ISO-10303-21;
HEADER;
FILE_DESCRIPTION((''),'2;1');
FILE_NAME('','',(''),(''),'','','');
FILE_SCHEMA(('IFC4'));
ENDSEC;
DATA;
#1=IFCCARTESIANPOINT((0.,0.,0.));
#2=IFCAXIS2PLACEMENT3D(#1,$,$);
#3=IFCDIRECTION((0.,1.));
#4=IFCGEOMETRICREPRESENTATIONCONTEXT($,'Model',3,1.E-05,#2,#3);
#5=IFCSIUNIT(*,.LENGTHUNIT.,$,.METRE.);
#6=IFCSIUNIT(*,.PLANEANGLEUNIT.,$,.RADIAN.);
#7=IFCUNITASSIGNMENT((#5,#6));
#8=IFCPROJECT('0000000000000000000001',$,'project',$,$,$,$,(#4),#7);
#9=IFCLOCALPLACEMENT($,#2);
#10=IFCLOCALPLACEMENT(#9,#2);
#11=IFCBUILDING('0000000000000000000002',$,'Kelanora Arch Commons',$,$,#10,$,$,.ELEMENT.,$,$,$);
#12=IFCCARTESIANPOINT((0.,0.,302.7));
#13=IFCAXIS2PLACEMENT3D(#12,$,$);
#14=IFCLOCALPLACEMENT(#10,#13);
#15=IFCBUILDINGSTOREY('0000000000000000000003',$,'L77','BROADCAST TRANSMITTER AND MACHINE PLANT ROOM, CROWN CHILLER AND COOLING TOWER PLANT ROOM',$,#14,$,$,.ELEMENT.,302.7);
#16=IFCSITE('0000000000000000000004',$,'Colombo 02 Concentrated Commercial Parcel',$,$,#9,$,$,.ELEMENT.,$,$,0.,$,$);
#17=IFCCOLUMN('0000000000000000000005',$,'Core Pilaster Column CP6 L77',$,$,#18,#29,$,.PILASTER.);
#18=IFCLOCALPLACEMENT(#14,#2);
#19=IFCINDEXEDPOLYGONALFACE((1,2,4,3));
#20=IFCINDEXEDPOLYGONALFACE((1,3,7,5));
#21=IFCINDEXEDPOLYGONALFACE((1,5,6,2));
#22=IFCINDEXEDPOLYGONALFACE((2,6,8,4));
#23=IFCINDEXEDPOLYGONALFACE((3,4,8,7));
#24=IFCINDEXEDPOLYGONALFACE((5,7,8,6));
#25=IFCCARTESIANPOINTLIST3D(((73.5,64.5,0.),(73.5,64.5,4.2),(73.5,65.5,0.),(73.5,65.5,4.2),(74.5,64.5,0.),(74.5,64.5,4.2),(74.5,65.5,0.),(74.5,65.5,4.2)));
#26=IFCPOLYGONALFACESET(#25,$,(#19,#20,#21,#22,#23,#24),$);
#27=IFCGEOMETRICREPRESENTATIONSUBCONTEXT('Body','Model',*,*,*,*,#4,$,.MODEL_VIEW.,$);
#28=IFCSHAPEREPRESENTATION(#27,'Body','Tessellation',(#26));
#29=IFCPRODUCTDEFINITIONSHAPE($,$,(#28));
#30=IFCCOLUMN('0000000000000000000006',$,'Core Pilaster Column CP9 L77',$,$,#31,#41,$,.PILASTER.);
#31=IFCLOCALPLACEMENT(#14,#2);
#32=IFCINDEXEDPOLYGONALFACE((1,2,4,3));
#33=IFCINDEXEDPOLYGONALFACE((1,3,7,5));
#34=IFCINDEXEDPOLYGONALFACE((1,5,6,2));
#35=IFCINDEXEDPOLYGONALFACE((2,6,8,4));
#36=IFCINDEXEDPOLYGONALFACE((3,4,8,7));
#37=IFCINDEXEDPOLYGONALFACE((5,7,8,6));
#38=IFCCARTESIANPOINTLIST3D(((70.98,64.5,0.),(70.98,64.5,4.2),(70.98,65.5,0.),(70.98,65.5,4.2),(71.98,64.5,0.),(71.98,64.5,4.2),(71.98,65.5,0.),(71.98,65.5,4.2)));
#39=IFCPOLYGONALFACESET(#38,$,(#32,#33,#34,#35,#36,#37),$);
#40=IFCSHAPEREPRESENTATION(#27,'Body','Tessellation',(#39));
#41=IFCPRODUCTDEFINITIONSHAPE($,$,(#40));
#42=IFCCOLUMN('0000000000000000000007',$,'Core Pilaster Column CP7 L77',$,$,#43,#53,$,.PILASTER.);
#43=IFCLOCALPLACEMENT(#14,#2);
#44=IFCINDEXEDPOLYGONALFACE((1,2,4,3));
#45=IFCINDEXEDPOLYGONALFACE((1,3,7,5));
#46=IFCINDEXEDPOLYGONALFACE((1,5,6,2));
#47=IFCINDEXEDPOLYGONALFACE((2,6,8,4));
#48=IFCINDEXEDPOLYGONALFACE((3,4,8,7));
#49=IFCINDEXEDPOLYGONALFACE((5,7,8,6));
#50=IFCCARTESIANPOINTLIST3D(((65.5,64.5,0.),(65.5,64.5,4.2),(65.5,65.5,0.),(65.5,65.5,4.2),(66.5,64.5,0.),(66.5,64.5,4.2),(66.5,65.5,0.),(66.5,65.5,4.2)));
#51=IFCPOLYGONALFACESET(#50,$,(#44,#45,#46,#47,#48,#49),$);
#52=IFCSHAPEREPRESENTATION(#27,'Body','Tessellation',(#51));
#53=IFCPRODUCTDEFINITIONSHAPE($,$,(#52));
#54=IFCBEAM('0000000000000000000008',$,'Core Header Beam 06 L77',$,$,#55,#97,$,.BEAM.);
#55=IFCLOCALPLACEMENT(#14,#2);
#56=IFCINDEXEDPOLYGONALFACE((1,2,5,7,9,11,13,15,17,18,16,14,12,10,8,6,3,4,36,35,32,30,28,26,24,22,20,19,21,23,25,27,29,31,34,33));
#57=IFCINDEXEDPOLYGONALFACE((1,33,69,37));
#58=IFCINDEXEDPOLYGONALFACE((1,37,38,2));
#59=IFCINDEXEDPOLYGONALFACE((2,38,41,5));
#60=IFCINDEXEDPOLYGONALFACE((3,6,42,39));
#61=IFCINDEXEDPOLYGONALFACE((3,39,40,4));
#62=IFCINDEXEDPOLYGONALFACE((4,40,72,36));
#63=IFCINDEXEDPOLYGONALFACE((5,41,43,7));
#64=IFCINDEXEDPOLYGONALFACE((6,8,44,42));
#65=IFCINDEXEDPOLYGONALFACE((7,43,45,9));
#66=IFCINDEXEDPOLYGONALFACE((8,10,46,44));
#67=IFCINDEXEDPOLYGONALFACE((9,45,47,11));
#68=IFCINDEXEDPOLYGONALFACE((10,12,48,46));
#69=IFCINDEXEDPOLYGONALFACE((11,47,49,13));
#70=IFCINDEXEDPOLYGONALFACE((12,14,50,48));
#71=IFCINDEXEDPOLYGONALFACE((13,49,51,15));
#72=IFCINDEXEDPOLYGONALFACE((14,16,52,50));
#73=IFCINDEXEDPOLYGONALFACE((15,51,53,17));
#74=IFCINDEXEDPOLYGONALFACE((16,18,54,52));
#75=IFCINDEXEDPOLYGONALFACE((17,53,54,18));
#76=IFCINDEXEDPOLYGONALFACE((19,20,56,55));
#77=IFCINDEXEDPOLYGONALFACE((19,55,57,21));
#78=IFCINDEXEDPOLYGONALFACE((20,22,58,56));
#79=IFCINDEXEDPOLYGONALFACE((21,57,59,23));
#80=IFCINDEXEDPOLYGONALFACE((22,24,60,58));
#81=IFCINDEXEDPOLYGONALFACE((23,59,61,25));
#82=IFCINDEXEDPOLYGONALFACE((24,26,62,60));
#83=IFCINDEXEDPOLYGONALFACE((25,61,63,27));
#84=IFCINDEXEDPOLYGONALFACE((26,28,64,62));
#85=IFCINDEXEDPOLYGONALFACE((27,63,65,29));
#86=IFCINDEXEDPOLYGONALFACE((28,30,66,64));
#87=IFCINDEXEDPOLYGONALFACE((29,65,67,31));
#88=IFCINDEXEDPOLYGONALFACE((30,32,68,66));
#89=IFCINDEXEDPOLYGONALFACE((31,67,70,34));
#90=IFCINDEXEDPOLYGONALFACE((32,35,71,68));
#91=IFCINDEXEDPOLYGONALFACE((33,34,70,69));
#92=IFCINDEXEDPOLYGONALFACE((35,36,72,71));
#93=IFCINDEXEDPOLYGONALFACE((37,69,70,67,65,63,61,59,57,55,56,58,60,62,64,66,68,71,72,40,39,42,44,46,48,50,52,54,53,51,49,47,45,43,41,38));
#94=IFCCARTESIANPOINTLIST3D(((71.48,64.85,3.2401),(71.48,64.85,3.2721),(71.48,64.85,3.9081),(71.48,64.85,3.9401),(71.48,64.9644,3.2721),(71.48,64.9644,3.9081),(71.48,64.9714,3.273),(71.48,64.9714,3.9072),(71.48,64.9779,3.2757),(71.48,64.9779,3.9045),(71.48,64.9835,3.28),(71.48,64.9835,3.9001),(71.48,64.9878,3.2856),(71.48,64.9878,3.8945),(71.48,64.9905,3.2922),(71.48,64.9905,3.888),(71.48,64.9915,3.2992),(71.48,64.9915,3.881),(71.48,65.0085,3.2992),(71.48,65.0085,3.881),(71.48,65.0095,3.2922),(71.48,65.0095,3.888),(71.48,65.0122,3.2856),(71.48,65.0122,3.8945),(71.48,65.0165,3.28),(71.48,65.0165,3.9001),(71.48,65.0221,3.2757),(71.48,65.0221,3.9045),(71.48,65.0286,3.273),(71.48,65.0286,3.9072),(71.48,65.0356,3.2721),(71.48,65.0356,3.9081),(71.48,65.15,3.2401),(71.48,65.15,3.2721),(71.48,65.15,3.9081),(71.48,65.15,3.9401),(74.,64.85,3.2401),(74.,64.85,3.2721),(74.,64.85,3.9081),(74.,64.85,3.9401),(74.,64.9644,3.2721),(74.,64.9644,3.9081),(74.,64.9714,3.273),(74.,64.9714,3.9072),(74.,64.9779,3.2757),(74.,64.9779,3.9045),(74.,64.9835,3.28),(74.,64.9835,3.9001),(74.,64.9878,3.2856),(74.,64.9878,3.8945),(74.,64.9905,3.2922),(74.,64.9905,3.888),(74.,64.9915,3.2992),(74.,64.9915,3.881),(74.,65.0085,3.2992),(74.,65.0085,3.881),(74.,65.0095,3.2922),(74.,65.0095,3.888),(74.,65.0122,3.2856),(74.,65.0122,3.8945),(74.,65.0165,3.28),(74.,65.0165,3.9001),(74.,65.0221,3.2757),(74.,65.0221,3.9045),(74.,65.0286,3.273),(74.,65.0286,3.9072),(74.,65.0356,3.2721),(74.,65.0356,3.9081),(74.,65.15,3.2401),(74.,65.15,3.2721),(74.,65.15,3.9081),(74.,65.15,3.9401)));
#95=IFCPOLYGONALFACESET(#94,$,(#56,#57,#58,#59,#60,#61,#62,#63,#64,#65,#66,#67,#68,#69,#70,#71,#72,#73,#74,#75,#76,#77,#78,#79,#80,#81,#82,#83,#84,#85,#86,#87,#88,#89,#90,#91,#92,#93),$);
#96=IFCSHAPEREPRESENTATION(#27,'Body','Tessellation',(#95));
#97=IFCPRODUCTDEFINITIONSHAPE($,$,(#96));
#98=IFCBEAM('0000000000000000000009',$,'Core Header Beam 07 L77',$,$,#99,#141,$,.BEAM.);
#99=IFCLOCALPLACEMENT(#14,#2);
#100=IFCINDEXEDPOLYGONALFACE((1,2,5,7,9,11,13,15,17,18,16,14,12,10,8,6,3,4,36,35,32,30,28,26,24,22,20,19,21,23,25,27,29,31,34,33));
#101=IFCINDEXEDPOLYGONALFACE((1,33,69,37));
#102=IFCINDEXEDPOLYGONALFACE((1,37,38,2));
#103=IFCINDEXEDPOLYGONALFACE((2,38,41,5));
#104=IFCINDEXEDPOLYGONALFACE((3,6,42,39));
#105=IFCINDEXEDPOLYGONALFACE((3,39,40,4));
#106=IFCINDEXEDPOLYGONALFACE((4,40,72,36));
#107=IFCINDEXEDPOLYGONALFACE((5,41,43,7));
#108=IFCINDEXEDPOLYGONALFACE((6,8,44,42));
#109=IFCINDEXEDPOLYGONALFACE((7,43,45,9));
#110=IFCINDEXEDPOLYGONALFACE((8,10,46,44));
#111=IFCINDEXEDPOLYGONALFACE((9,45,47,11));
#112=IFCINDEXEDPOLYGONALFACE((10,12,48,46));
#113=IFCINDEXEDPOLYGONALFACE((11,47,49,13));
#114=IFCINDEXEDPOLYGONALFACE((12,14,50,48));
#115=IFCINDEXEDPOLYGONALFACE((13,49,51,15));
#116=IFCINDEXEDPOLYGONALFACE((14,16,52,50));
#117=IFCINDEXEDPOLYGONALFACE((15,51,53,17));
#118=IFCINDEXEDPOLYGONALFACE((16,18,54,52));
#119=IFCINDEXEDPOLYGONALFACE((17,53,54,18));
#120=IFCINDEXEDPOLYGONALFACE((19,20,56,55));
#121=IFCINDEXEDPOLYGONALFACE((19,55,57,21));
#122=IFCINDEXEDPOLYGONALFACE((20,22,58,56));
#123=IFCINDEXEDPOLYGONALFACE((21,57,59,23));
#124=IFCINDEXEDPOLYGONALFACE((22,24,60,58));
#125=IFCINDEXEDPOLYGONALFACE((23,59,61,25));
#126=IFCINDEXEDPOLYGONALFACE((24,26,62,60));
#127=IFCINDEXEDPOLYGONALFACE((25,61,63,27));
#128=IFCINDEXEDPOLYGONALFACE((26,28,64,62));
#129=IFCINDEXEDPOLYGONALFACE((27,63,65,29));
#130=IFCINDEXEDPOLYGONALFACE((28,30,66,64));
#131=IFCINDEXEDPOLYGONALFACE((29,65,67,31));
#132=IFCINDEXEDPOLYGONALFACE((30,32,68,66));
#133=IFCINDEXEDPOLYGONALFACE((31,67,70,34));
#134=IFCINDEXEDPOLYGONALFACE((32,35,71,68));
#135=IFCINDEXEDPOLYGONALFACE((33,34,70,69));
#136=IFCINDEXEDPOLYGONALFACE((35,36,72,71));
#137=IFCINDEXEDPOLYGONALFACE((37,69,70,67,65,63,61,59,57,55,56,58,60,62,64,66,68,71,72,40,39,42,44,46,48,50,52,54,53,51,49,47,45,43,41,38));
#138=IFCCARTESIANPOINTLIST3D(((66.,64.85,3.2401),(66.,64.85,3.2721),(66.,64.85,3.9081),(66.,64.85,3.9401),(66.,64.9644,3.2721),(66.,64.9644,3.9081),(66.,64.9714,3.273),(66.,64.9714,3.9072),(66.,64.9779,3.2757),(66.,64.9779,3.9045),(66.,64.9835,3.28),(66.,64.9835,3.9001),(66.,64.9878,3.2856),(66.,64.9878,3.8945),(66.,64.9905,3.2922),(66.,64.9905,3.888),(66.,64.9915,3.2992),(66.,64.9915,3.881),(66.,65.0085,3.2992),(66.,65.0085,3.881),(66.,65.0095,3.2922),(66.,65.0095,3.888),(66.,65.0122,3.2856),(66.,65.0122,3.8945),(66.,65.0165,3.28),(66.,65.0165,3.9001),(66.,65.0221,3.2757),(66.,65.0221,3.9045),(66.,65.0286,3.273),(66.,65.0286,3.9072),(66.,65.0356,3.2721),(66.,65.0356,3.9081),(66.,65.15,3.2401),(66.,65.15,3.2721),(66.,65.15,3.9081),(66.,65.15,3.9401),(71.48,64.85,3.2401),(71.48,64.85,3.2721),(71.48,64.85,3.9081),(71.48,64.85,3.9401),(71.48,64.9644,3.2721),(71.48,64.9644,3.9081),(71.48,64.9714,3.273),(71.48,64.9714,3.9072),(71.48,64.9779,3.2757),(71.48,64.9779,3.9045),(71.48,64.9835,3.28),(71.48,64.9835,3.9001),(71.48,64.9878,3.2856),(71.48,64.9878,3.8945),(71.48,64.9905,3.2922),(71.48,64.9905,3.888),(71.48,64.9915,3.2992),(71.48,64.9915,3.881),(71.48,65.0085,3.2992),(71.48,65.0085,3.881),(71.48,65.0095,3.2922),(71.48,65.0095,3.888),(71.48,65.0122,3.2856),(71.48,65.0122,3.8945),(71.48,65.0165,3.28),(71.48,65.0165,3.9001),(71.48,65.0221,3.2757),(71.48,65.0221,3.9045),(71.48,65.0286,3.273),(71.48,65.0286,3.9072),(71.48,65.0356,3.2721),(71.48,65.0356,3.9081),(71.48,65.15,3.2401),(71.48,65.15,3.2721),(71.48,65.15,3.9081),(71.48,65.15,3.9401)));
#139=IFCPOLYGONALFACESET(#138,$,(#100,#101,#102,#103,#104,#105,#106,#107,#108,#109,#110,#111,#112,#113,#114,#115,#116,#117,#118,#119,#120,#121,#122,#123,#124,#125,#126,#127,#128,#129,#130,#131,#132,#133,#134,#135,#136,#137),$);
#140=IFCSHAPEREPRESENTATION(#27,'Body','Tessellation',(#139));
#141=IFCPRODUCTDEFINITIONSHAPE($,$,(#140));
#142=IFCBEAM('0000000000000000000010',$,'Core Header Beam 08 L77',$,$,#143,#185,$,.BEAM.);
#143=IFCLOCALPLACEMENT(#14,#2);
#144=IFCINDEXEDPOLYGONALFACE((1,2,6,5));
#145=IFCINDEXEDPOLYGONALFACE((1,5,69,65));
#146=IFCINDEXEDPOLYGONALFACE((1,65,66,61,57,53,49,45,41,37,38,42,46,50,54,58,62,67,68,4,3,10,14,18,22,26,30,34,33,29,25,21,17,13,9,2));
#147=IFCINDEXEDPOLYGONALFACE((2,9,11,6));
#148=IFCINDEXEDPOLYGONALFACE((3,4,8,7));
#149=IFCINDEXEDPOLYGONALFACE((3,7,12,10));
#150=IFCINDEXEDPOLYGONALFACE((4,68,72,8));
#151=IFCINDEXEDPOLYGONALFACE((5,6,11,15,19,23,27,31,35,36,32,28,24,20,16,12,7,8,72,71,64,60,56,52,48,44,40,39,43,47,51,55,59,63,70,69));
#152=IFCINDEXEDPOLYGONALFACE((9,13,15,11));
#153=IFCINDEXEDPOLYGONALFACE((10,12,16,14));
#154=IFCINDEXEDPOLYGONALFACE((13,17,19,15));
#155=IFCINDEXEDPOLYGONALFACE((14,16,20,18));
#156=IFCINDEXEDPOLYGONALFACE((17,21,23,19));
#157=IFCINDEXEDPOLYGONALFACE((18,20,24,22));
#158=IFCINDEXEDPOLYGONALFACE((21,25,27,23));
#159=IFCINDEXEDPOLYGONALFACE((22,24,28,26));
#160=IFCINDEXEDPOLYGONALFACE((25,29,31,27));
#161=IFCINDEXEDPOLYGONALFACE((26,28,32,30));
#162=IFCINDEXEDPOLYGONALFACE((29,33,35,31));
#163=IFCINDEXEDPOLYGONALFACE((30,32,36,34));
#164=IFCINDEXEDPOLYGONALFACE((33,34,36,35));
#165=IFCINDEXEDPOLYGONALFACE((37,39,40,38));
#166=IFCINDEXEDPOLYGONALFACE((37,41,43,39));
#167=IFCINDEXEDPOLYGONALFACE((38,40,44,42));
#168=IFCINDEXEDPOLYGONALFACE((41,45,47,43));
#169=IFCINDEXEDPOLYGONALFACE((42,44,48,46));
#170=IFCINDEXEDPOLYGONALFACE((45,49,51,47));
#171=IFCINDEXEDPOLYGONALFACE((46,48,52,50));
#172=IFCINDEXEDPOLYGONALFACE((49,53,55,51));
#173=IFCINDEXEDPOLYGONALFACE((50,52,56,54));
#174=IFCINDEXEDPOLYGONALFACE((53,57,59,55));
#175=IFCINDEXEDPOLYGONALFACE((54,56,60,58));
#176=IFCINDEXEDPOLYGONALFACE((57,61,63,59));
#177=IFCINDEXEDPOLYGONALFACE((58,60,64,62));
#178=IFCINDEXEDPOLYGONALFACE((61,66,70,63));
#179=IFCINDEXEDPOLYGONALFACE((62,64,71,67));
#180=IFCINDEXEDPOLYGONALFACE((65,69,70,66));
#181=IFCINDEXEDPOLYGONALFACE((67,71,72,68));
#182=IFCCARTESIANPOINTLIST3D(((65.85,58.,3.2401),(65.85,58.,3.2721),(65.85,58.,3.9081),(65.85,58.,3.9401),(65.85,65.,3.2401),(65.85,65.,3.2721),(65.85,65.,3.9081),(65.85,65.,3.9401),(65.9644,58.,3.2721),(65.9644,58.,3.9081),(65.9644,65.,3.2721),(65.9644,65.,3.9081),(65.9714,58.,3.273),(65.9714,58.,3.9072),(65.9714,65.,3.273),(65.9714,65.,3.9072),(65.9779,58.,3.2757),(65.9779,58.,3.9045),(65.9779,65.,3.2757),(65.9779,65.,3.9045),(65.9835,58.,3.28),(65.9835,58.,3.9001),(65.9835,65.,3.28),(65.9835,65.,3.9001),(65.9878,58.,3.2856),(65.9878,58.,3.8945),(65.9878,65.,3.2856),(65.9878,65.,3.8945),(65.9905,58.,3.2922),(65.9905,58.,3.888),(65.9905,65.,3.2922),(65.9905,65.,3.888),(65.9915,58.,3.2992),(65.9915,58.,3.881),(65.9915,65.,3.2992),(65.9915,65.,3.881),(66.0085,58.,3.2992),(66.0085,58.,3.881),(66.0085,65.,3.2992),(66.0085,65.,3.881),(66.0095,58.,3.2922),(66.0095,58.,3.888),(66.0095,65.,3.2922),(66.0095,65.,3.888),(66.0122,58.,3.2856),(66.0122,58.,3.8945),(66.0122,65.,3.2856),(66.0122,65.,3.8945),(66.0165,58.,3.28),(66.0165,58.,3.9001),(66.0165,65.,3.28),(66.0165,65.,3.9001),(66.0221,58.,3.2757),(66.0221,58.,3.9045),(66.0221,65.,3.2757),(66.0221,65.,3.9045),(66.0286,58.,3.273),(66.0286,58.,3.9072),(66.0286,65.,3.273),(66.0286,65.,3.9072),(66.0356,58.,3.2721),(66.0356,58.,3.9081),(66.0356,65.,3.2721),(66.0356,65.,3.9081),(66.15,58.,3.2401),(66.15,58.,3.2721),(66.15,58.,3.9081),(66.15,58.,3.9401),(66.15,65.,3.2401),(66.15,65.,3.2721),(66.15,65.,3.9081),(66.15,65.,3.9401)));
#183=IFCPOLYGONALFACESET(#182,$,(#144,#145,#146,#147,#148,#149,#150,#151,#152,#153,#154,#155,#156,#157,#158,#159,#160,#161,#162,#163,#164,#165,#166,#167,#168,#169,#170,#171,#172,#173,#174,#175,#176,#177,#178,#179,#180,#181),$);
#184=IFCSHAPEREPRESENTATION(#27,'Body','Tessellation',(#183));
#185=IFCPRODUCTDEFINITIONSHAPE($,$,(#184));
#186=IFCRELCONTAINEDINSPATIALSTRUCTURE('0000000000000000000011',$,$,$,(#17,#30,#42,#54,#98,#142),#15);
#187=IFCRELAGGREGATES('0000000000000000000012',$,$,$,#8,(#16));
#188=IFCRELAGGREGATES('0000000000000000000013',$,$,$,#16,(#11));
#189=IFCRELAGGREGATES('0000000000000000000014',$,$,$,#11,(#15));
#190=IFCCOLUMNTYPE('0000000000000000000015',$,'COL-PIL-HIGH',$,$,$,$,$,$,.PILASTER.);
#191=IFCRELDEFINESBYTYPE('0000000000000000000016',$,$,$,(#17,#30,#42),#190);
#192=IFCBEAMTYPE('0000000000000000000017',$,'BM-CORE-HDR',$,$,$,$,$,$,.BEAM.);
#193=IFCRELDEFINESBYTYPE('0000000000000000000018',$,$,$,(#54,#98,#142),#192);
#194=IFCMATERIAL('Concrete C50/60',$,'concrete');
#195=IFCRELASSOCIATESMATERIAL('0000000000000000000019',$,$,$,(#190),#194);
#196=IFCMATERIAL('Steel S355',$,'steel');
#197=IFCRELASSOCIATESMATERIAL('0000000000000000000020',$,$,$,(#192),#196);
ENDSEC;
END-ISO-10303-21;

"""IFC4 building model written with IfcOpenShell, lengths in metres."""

from ifc_helpers import new_model, si_unit, direction, frame, origin, origin_2d, place, context, subcontext, project, spatial, rectangle, i_section, extrude, material, material_profile, profile_set, type_object, element, save


model = new_model("IFC4")

# Units and contexts
model_context = context("Model", 3, precision=1e-05, world=origin(), true_north=direction((0.0, 1.0)))
body_context = subcontext(model_context, "Body", "Model", "MODEL_VIEW")
ifc_project = project(units=[si_unit("LENGTHUNIT", "METRE"), si_unit("PLANEANGLEUNIT", "RADIAN")], contexts=[model_context])

# Site, building, storey
site_placement = place(None, origin())
site = spatial("IfcSite", under=ifc_project, at=site_placement, Name="Colombo 02 Concentrated Commercial Parcel", CompositionType="ELEMENT", RefElevation=0.0)
building_placement = place(site_placement, origin())
building = spatial("IfcBuilding", under=site, at=building_placement, Name="Kelanora Arch Commons", CompositionType="ELEMENT")
storey_placement = place(building_placement, frame((0.0, 0.0, 302.7)))
storey = spatial("IfcBuildingStorey", under=building, at=storey_placement, Name="L77", Description="BROADCAST TRANSMITTER AND MACHINE PLANT ROOM, CROWN CHILLER AND COOLING TOWER PLANT ROOM", CompositionType="ELEMENT", Elevation=302.7)

# Columns
ifc_material_1 = material(Name="Concrete C50/60", Category="concrete")
ifc_material_profile_1 = material_profile(ifc_material_1, rectangle(XDim=1.0, YDim=1.0, at=origin_2d()), Name="RC1000x1000")
ifc_profile_set_1 = profile_set([ifc_material_profile_1], Name="Concrete C50/60")
column_type = type_object("IfcColumnType", Name="COL-PIL-HIGH", PredefinedType="PILASTER", material=ifc_profile_set_1)
for number, where, z_axis, x_axis, name in (
    (1, (74.0, 65.0, 0.0), (0.0, 0.0, 1.0), (1.0, 0.0, 0.0), "Core Pilaster Column CP6 L77"),
    (2, (71.48, 65.0, 0.0), (0.0, 0.0, 1.0), (1.0, 0.0, 0.0), "Core Pilaster Column CP9 L77"),
    (3, (66.0, 65.0, 0.0), (0.0, 0.0, 1.0), (1.0, 0.0, 0.0), "Core Pilaster Column CP7 L77"),
):
    element("IfcColumn", number, at=place(storey_placement, frame(where, z_axis=z_axis, x_axis=x_axis)), inside=storey, type_object=column_type, Name=name, PredefinedType="PILASTER", context=body_context, shape_type="SweptSolid", body=[
        extrude(rectangle(XDim=1.0, YDim=1.0, at=origin_2d()), origin(), (0.0, 0.0, 1.0), 4.2),
    ])

# Beams
ifc_material_2 = material(Name="Steel S355", Category="steel")
ifc_material_profile_2 = material_profile(ifc_material_2, i_section(OverallWidth=0.3, OverallDepth=0.7, WebThickness=0.0171, FlangeThickness=0.032, FilletRadius=0.0271, at=origin_2d()), Name="HEB700")
ifc_profile_set_2 = profile_set([ifc_material_profile_2], Name="Steel S355")
beam_type_1 = type_object("IfcBeamType", Name="BM-CORE-HDR", PredefinedType="BEAM", material=ifc_profile_set_2)
beam_1_placement = place(storey_placement, frame((74.0, 65.0, 3.5901), z_axis=(-1.0, 0.0, 0.0), x_axis=(0.0, -1.0, 0.0)))
element("IfcBeam", 4, at=beam_1_placement, inside=storey, type_object=beam_type_1, Name="Core Header Beam 06 L77", PredefinedType="BEAM", context=body_context, shape_type="SweptSolid", body=[
    extrude(i_section(OverallWidth=0.3, OverallDepth=0.7, WebThickness=0.0171, FlangeThickness=0.032, FilletRadius=0.0271, at=origin_2d()), origin(), (0.0, 0.0, 1.0), 2.52),
])
beam_2_placement = place(storey_placement, frame((71.48, 65.0, 3.5901), z_axis=(-1.0, 0.0, 0.0), x_axis=(0.0, -1.0, 0.0)))
element("IfcBeam", 5, at=beam_2_placement, inside=storey, type_object=beam_type_1, Name="Core Header Beam 07 L77", PredefinedType="BEAM", context=body_context, shape_type="SweptSolid", body=[
    extrude(i_section(OverallWidth=0.3, OverallDepth=0.7, WebThickness=0.0171, FlangeThickness=0.032, FilletRadius=0.0271, at=origin_2d()), origin(), (0.0, 0.0, 1.0), 5.48),
])
beam_3_placement = place(storey_placement, frame((66.0, 65.0, 3.5901), z_axis=(0.0, -1.0, 0.0), x_axis=(1.0, 0.0, 0.0)))
element("IfcBeam", 6, at=beam_3_placement, inside=storey, type_object=beam_type_1, Name="Core Header Beam 08 L77", PredefinedType="BEAM", context=body_context, shape_type="SweptSolid", body=[
    extrude(i_section(OverallWidth=0.3, OverallDepth=0.7, WebThickness=0.0171, FlangeThickness=0.032, FilletRadius=0.0271, at=origin_2d()), origin(), (0.0, 0.0, 1.0), 7.0),
])

save(model, "model.ifc")
